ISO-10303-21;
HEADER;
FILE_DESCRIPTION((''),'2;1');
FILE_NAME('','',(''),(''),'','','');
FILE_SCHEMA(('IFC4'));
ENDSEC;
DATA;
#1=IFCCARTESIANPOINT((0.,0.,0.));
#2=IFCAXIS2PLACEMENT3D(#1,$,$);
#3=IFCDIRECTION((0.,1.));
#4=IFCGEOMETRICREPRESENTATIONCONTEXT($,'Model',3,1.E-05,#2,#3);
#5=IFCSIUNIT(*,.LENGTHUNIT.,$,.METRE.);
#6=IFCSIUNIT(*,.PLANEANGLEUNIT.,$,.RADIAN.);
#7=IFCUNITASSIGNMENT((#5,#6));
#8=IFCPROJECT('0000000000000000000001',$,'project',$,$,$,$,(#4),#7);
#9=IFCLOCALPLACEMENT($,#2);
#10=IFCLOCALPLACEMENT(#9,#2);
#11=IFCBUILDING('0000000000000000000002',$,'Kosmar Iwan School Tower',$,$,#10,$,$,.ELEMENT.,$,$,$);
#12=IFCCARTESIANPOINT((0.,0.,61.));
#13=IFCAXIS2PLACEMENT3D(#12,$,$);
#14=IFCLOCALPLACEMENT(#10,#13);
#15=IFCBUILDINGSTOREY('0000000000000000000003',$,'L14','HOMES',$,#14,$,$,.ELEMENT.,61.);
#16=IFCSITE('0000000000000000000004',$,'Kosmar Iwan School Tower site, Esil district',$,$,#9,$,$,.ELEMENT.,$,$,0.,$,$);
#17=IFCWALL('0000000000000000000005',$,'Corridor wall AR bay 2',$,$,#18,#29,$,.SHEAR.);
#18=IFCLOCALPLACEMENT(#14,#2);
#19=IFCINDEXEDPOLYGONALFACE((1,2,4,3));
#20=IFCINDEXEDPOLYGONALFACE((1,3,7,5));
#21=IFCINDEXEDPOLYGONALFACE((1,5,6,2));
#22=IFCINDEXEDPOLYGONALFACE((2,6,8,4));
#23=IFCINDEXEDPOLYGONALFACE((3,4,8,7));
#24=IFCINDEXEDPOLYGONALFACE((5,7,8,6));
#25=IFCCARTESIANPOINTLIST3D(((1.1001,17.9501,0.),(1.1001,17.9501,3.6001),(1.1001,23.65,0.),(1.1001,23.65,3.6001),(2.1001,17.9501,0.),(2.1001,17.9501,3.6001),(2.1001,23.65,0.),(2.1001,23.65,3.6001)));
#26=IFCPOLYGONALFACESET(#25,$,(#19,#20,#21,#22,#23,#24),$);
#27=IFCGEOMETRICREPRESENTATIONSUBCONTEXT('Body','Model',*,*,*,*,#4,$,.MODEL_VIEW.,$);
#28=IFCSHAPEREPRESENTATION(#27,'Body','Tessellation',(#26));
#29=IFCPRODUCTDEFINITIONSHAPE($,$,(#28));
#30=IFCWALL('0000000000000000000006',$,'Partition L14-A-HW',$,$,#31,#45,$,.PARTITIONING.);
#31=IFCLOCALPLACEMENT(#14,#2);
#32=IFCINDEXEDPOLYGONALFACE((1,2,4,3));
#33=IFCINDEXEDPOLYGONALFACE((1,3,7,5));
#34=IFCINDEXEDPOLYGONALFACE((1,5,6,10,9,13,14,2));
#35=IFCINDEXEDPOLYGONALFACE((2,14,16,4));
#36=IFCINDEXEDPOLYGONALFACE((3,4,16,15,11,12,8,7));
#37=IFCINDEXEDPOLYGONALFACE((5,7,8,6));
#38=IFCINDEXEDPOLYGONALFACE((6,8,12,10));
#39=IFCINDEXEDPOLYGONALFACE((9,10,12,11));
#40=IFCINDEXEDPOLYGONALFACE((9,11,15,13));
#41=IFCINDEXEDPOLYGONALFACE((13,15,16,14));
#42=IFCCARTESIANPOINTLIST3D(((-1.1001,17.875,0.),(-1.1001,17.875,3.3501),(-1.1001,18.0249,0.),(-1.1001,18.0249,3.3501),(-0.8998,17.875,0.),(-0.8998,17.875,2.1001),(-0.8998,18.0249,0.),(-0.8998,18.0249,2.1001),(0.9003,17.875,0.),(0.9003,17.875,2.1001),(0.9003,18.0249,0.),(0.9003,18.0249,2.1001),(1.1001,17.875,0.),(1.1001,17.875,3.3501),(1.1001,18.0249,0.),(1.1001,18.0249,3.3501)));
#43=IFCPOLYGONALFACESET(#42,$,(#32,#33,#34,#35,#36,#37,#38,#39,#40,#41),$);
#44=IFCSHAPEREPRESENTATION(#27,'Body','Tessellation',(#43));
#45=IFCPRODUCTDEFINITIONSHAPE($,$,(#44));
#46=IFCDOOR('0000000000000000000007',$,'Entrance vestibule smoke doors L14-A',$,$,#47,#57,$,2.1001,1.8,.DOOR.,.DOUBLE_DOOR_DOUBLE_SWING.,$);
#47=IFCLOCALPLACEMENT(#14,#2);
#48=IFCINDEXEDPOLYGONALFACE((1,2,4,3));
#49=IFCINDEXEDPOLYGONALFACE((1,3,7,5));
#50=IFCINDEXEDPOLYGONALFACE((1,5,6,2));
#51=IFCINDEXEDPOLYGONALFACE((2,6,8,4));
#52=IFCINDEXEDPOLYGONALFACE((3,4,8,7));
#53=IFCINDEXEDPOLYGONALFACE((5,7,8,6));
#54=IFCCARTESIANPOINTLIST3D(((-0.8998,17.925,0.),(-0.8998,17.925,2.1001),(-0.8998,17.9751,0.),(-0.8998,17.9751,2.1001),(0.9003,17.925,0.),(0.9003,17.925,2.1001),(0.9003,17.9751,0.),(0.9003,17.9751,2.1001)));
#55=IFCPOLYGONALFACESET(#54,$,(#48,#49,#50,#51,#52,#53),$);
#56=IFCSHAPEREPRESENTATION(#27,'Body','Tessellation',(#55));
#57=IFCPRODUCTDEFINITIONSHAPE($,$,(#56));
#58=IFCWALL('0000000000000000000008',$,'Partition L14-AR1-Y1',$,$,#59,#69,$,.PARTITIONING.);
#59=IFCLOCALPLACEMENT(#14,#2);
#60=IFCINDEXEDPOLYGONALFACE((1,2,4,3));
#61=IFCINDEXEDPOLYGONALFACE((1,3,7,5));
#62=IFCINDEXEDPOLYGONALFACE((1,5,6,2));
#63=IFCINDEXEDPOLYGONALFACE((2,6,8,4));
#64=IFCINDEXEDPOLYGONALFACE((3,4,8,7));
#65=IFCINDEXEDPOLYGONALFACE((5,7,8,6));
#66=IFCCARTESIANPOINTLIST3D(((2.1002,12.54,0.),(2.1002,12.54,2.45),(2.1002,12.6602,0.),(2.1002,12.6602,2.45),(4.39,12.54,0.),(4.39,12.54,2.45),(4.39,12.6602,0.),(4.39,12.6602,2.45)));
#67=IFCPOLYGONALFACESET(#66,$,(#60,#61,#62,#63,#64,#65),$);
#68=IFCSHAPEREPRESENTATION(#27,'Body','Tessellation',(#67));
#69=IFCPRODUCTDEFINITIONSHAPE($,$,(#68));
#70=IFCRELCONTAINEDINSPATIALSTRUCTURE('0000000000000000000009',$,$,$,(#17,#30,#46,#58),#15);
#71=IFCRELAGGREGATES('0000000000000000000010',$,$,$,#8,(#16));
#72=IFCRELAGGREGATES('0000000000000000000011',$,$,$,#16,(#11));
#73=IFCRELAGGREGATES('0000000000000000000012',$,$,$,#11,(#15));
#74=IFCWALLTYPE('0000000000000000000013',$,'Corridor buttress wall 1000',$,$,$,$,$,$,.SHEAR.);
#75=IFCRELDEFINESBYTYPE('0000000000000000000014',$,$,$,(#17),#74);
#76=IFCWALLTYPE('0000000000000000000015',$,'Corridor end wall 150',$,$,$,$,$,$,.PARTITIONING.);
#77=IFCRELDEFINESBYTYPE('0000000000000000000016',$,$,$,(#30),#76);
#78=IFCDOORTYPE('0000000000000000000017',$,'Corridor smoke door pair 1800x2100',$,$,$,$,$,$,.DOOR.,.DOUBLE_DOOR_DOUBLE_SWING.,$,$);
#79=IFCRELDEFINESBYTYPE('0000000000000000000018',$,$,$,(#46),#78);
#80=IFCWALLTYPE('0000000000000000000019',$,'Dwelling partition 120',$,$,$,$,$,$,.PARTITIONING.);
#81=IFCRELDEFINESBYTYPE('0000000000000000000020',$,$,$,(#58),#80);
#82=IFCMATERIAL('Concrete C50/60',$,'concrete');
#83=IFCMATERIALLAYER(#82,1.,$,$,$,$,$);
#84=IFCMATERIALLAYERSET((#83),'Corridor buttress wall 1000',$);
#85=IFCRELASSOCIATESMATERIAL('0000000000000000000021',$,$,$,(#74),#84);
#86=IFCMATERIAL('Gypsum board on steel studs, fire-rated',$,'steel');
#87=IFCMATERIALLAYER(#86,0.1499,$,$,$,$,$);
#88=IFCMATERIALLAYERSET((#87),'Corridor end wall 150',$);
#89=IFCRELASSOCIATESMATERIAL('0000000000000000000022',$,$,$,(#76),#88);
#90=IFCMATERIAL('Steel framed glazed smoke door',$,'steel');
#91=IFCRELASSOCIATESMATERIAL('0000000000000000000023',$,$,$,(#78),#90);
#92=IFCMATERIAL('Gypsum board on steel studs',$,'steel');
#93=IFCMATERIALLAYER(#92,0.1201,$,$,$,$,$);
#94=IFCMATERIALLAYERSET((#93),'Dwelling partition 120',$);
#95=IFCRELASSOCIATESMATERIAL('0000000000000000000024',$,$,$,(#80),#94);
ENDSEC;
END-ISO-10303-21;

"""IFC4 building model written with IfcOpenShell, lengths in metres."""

from ifc_helpers import new_model, si_unit, direction, frame, frame_2d, origin, place, context, subcontext, project, spatial, rectangle, extrude, material, layer, layer_set, type_object, element, fill, save


model = new_model("IFC4")

# Units and contexts
model_context = context("Model", 3, precision=1e-05, world=origin(), true_north=direction((0.0, 1.0)))
body_context = subcontext(model_context, "Body", "Model", "MODEL_VIEW")
ifc_project = project(units=[si_unit("LENGTHUNIT", "METRE"), si_unit("PLANEANGLEUNIT", "RADIAN")], contexts=[model_context])

# Site, building, storey
site_placement = place(None, origin())
site = spatial("IfcSite", under=ifc_project, at=site_placement, Name="Kosmar Iwan School Tower site, Esil district", CompositionType="ELEMENT", RefElevation=0.0)
building_placement = place(site_placement, origin())
building = spatial("IfcBuilding", under=site, at=building_placement, Name="Kosmar Iwan School Tower", CompositionType="ELEMENT")
storey_placement = place(building_placement, frame((0.0, 0.0, 61.0)))
storey = spatial("IfcBuildingStorey", under=building, at=storey_placement, Name="L14", Description="HOMES", CompositionType="ELEMENT", Elevation=61.0)

# Wall
ifc_material_1 = material(Name="Concrete C50/60", Category="concrete")
ifc_layer_1 = layer(ifc_material_1, 1.0)
ifc_layer_set_1 = layer_set([ifc_layer_1], Name="Corridor buttress wall 1000")
wall_type_1 = type_object("IfcWallType", Name="Corridor buttress wall 1000", PredefinedType="SHEAR", material=ifc_layer_set_1)
wall_1_placement = place(storey_placement, frame((1.6001, 17.95, 0.0), z_axis=(0.0, 0.0, 1.0), x_axis=(0.0, 1.0, 0.0)))
element("IfcWall", 1, at=wall_1_placement, inside=storey, type_object=wall_type_1, Name="Corridor wall AR bay 2", PredefinedType="SHEAR", context=body_context, shape_type="SweptSolid", body=[
    extrude(rectangle(XDim=5.7, YDim=1.0, at=frame_2d((2.8501, 0.0))), origin(), (0.0, 0.0, 1.0), 3.6001),
])

# Wall, opening, door
ifc_material_2 = material(Name="Gypsum board on steel studs, fire-rated", Category="steel")
ifc_layer_2 = layer(ifc_material_2, 0.1499)
ifc_layer_set_2 = layer_set([ifc_layer_2], Name="Corridor end wall 150")
wall_type_2 = type_object("IfcWallType", Name="Corridor end wall 150", PredefinedType="PARTITIONING", material=ifc_layer_set_2)
wall_2_placement = place(storey_placement, frame((1.1001, 17.95, 0.0), z_axis=(0.0, 0.0, 1.0), x_axis=(-1.0, 0.0, 0.0)))
wall_2 = element("IfcWall", 2, at=wall_2_placement, inside=storey, type_object=wall_type_2, Name="Partition L14-A-HW", PredefinedType="PARTITIONING", context=body_context, shape_type="SweptSolid", body=[
    extrude(rectangle(XDim=2.2002, YDim=0.1499, at=frame_2d((1.1001, 0.0))), origin(), (0.0, 0.0, 1.0), 3.3501),
])
opening_1_placement = place(wall_2_placement, frame((0.2, 0.0, 0.0)))
opening_1 = element("IfcOpeningElement", 3, at=opening_1_placement, cuts=wall_2, PredefinedType="OPENING", context=body_context, shape_type="SweptSolid", body=[
    extrude(rectangle(XDim=1.8, YDim=2.1001, at=frame_2d((0.8999, 1.05))), frame((0.0, 0.0869, 0.0), z_axis=(0.0, -1.0, 0.0), x_axis=(1.0, 0.0, 0.0)), (0.0, 0.0, 1.0), 0.1738),
])
ifc_material_3 = material(Name="Steel framed glazed smoke door", Category="steel")
door_type_1 = type_object("IfcDoorType", Name="Corridor smoke door pair 1800x2100", OperationType="DOUBLE_DOOR_DOUBLE_SWING", PredefinedType="DOOR", material=ifc_material_3)
door_1_placement = place(opening_1_placement, origin())
door_1 = element("IfcDoor", 4, at=door_1_placement, inside=storey, type_object=door_type_1, Name="Entrance vestibule smoke doors L14-A", OperationType="DOUBLE_DOOR_DOUBLE_SWING", OverallHeight=2.1001, OverallWidth=1.8, PredefinedType="DOOR", context=body_context, shape_type="SweptSolid", body=[
    extrude(rectangle(XDim=1.8, YDim=2.1001, at=frame_2d((0.8999, 1.05))), frame((0.0, 0.0249, 0.0), z_axis=(0.0, -1.0, 0.0), x_axis=(1.0, 0.0, 0.0)), (0.0, 0.0, 1.0), 0.05),
])
fill(opening_1, door_1)

# Wall
ifc_material_4 = material(Name="Gypsum board on steel studs", Category="steel")
ifc_layer_3 = layer(ifc_material_4, 0.1201)
ifc_layer_set_3 = layer_set([ifc_layer_3], Name="Dwelling partition 120")
wall_type_3 = type_object("IfcWallType", Name="Dwelling partition 120", PredefinedType="PARTITIONING", material=ifc_layer_set_3)
wall_3_placement = place(storey_placement, frame((2.1001, 12.6001, 0.0), z_axis=(0.0, 0.0, 1.0), x_axis=(1.0, 0.0, 0.0)))
element("IfcWall", 5, at=wall_3_placement, inside=storey, type_object=wall_type_3, Name="Partition L14-AR1-Y1", PredefinedType="PARTITIONING", context=body_context, shape_type="SweptSolid", body=[
    extrude(rectangle(XDim=2.2898, YDim=0.1201, at=frame_2d((1.145, 0.0))), origin(), (0.0, 0.0, 1.0), 2.45),
])

save(model, "model.ifc")
